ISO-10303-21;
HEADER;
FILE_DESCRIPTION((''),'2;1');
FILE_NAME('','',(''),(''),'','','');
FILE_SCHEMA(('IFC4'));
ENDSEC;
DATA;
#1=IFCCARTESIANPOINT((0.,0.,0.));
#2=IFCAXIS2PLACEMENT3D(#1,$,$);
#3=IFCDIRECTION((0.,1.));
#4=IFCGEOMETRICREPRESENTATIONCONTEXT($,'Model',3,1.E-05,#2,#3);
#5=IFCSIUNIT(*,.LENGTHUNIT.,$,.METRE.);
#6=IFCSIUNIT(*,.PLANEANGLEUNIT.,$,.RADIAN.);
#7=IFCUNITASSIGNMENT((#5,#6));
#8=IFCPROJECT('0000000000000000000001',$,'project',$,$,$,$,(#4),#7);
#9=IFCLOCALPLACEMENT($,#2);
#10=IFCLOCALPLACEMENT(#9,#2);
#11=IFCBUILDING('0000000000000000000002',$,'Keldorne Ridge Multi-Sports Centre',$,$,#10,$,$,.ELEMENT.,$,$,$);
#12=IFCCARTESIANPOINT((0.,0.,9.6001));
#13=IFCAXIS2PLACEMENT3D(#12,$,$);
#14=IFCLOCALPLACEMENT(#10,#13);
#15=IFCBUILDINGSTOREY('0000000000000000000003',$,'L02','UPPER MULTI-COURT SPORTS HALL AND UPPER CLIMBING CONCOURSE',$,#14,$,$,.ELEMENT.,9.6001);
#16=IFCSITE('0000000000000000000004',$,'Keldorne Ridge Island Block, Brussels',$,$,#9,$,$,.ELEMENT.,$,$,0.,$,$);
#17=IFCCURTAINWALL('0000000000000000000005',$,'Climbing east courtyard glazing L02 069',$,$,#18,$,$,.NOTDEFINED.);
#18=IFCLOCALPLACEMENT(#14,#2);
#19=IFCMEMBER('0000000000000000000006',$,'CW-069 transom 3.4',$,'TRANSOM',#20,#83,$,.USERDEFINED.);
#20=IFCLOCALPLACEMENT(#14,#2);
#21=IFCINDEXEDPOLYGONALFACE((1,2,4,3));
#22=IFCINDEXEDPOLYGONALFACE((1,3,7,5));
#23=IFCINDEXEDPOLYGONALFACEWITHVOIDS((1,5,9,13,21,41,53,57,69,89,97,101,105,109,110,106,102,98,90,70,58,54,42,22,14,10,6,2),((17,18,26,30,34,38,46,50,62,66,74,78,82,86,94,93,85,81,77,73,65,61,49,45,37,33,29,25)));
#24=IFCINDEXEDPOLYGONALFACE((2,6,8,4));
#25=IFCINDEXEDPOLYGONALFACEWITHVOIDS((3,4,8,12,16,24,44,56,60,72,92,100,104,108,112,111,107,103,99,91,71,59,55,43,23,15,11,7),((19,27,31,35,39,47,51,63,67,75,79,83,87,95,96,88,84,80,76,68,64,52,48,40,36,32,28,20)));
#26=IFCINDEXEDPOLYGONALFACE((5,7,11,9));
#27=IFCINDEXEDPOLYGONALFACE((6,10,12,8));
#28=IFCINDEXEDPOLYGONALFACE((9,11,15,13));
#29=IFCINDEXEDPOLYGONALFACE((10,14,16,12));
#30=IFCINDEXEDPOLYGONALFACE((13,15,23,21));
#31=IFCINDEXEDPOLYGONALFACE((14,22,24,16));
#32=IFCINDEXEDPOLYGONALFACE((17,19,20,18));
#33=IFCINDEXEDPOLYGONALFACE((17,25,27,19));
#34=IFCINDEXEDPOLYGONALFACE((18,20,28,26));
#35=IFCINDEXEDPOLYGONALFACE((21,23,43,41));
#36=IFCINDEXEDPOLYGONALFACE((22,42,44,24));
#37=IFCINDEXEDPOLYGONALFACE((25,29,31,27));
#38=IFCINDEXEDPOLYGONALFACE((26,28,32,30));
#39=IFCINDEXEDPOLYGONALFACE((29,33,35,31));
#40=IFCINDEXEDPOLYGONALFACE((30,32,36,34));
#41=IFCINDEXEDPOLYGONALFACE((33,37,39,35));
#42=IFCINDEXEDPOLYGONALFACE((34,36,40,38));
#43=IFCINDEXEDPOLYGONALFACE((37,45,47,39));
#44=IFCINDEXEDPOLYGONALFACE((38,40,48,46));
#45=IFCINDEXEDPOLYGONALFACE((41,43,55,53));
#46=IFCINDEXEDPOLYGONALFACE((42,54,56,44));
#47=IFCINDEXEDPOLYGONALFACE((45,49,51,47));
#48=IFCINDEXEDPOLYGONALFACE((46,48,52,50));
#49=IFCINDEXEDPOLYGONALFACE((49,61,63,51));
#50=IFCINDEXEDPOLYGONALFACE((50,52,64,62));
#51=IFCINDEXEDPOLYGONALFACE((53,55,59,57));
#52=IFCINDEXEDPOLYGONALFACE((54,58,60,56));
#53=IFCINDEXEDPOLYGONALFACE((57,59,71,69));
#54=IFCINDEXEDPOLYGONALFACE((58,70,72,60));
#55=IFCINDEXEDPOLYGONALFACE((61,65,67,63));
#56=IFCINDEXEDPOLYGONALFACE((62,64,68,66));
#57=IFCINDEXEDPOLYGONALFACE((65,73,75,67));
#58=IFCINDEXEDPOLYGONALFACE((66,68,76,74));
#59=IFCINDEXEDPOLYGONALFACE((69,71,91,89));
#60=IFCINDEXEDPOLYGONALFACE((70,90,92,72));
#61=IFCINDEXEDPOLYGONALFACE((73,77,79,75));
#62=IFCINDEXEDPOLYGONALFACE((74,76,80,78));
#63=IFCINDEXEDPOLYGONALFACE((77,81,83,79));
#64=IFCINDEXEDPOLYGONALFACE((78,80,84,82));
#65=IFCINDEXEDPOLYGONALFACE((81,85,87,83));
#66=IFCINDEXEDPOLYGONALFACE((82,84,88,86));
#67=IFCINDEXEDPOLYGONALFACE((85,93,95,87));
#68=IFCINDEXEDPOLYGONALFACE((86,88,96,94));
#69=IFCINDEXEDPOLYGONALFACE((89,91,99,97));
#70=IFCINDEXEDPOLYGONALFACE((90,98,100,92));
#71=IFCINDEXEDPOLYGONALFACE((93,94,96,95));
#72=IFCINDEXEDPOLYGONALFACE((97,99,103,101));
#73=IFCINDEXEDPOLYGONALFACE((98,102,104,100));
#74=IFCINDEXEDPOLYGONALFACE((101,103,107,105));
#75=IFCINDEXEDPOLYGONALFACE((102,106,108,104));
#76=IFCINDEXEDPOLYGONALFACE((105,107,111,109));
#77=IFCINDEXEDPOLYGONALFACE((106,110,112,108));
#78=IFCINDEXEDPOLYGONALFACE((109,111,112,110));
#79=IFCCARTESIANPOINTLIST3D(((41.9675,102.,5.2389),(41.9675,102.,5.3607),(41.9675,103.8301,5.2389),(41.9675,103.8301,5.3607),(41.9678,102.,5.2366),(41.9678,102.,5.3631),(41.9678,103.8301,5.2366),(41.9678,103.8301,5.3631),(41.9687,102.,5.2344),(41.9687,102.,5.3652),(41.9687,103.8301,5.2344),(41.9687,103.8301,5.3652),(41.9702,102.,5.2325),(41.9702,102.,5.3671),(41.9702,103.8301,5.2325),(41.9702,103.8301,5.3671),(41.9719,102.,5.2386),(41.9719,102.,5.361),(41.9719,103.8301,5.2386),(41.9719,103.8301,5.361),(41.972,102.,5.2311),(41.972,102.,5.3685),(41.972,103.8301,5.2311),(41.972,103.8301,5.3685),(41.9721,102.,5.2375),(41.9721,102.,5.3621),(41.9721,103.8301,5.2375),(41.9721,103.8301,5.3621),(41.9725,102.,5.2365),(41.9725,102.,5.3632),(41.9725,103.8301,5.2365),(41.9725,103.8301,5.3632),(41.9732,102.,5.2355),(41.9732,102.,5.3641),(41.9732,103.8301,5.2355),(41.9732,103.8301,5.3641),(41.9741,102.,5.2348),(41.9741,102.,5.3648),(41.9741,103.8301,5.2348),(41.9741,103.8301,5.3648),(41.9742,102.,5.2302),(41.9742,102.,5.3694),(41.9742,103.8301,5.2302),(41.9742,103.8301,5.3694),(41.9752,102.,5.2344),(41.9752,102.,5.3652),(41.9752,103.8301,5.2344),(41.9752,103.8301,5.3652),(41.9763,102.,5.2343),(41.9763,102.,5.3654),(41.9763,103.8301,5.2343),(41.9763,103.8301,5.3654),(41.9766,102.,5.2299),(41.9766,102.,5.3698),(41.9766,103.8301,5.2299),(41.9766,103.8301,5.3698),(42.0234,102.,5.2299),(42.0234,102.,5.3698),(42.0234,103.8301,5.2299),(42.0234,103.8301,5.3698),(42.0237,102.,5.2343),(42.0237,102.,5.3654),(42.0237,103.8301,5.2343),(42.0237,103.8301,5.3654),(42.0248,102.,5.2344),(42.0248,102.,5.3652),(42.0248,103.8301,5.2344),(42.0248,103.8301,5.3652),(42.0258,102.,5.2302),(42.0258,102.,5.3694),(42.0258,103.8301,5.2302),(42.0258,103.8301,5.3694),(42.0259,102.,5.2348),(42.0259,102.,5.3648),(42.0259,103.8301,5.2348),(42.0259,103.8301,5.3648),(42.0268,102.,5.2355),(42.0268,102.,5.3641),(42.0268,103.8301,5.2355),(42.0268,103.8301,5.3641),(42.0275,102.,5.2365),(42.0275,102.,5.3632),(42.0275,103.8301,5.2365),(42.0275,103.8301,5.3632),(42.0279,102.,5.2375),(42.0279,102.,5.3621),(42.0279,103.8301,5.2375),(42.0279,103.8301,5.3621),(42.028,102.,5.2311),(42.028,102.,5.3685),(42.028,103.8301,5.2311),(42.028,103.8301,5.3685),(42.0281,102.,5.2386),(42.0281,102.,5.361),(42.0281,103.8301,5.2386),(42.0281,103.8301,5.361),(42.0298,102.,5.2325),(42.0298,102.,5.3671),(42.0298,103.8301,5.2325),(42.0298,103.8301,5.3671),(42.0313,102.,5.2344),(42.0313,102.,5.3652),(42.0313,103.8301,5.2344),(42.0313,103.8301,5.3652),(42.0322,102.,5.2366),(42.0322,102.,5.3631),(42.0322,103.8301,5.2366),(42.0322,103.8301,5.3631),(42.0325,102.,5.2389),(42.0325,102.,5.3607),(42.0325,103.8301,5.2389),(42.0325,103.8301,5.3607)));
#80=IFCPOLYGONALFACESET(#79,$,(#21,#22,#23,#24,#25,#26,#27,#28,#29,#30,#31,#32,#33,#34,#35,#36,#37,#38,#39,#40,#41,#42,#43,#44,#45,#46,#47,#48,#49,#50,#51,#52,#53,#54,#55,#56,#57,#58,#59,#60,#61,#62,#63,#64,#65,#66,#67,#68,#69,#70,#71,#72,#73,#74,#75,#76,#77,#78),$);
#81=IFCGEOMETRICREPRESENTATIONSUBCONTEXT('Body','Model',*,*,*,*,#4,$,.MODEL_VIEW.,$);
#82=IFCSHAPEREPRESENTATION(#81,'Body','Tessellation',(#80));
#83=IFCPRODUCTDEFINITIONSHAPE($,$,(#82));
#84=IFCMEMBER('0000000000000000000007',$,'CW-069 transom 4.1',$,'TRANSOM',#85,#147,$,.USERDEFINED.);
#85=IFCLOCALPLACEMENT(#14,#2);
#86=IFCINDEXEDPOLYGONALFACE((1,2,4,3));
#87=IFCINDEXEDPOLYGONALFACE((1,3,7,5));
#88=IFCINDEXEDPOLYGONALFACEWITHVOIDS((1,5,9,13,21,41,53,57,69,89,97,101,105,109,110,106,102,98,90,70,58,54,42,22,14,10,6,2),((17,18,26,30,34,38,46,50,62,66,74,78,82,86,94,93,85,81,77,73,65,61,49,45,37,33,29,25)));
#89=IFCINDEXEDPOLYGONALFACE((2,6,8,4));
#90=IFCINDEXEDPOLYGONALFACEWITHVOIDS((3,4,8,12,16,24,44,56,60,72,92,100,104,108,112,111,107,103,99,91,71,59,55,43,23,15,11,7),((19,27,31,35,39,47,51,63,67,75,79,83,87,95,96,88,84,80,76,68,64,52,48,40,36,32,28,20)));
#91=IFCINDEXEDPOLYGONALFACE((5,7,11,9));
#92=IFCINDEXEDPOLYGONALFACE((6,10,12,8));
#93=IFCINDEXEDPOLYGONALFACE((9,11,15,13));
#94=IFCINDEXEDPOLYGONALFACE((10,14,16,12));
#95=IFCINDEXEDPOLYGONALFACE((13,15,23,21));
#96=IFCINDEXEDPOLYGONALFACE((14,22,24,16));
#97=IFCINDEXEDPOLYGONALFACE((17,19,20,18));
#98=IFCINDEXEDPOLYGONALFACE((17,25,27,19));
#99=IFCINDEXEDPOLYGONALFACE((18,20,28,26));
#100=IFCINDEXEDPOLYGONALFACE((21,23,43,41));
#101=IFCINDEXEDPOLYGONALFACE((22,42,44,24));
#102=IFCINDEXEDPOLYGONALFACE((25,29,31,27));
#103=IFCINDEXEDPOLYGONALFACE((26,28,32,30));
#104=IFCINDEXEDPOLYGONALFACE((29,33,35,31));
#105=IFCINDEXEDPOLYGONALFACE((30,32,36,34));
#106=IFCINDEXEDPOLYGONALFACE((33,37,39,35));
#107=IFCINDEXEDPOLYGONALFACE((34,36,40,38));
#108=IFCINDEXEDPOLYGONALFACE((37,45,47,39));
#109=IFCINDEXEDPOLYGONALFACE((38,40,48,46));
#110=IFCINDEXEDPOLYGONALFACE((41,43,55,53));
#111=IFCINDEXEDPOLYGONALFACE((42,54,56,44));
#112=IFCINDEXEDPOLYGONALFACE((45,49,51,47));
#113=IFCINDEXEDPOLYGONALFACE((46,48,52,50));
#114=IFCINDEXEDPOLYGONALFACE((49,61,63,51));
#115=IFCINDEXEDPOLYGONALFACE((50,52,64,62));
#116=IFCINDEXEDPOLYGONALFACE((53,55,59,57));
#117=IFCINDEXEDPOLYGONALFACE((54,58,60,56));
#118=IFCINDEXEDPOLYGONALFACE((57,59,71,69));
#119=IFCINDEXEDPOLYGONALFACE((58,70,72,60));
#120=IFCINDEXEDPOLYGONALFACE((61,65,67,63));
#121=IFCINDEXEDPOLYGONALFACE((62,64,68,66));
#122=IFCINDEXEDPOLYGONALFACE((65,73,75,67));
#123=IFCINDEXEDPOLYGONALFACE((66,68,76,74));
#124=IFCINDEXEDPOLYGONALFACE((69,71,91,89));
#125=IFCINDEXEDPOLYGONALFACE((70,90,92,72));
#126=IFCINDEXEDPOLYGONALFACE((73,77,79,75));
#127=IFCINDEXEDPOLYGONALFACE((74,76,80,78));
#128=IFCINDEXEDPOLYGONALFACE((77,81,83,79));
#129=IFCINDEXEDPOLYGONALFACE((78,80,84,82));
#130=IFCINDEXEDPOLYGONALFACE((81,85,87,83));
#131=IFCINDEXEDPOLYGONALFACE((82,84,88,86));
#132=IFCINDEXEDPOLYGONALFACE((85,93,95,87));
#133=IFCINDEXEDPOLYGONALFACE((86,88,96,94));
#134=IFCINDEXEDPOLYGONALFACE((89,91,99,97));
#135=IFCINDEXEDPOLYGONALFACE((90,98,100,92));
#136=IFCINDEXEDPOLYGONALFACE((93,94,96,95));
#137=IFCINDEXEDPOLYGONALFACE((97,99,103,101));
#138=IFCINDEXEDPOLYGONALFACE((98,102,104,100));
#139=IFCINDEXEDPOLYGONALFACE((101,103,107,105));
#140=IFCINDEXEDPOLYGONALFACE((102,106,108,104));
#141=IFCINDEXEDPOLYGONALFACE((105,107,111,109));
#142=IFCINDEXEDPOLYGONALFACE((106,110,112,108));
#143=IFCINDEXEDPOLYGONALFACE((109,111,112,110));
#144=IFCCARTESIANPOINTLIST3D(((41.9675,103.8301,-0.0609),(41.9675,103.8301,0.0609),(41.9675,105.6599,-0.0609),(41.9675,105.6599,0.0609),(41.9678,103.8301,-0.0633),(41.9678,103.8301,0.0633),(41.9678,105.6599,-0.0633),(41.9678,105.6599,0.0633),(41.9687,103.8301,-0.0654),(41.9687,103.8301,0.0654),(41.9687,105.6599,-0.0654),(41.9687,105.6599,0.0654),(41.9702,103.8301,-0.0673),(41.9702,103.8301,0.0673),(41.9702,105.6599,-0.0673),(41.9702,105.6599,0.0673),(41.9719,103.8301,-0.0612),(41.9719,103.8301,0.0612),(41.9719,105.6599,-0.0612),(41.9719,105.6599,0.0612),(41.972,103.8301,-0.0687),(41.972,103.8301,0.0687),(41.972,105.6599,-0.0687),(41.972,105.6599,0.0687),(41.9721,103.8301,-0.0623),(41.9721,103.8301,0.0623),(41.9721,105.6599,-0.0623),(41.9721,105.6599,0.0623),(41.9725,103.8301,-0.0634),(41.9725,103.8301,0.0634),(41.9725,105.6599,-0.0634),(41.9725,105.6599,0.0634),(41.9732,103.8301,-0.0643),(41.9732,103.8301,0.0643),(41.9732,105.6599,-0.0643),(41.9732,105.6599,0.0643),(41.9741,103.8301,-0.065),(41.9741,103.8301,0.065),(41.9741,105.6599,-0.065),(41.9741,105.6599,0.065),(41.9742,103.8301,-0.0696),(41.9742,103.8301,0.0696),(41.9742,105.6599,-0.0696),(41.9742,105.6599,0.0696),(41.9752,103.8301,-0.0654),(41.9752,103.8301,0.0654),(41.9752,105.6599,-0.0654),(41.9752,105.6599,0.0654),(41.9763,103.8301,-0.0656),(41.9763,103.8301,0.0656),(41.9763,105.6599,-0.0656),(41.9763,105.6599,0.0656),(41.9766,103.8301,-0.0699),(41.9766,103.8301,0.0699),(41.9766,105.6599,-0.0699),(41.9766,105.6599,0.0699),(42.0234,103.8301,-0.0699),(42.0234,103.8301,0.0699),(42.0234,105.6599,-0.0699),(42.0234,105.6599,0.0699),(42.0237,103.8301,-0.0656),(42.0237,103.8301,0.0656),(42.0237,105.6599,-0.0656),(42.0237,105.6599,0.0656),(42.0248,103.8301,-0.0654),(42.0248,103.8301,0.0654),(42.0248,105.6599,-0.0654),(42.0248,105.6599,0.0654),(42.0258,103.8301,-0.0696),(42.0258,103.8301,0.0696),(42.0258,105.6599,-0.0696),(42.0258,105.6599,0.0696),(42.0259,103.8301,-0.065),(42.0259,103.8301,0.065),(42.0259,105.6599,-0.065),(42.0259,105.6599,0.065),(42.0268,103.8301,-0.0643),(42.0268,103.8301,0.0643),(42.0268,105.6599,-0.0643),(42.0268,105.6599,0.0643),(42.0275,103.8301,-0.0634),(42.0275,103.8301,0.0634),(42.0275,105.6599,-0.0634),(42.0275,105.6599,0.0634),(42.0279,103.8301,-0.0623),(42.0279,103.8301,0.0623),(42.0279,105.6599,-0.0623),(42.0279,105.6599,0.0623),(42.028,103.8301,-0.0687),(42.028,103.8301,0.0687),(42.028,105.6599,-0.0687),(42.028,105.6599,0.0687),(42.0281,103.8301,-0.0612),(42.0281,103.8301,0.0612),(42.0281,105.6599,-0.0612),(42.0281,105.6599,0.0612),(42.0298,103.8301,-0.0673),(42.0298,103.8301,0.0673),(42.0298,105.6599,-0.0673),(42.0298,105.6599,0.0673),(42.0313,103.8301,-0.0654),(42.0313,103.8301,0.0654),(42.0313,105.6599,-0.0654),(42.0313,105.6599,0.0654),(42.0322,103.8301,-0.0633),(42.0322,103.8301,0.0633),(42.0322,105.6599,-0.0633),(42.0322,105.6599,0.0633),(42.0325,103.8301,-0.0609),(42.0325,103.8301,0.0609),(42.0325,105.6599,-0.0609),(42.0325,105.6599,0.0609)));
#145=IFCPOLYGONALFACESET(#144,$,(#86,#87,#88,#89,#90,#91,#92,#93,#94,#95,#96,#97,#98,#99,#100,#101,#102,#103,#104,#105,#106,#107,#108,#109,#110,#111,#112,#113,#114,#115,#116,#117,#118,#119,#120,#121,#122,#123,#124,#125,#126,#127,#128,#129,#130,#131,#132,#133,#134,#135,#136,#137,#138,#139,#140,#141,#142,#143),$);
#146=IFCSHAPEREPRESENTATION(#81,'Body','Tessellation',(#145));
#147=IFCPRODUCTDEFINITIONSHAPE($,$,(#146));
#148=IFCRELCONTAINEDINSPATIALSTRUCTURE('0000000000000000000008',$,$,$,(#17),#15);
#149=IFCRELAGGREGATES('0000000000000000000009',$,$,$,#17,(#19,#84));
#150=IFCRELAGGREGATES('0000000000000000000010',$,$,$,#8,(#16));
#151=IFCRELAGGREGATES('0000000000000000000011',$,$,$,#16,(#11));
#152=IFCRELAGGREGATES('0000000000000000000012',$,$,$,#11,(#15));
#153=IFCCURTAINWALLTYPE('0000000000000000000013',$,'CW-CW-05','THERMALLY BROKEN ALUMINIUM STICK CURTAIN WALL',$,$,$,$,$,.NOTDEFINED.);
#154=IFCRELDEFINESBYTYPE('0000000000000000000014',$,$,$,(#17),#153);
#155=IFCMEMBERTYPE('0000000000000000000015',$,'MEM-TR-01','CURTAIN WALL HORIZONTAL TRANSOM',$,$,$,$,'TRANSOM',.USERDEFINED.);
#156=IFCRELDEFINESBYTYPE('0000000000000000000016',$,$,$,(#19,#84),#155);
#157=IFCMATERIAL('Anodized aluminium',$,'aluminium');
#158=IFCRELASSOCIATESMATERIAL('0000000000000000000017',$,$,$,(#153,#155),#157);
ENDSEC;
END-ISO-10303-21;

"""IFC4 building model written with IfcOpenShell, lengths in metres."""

from ifc_helpers import new_model, si_unit, direction, frame, origin, origin_2d, place, context, subcontext, project, spatial, hollow_rectangle, extrude, material, material_profile, profile_set, type_object, element, aggregate, save


model = new_model("IFC4")

# Units and contexts
model_context = context("Model", 3, precision=1e-05, world=origin(), true_north=direction((0.0, 1.0)))
body_context = subcontext(model_context, "Body", "Model", "MODEL_VIEW")
ifc_project = project(units=[si_unit("LENGTHUNIT", "METRE"), si_unit("PLANEANGLEUNIT", "RADIAN")], contexts=[model_context])

# Site, building, storey
site_placement = place(None, origin())
site = spatial("IfcSite", under=ifc_project, at=site_placement, Name="Keldorne Ridge Island Block, Brussels", CompositionType="ELEMENT", RefElevation=0.0)
building_placement = place(site_placement, origin())
building = spatial("IfcBuilding", under=site, at=building_placement, Name="Keldorne Ridge Multi-Sports Centre", CompositionType="ELEMENT")
storey_placement = place(building_placement, frame((0.0, 0.0, 9.6001)))
storey = spatial("IfcBuildingStorey", under=building, at=storey_placement, Name="L02", Description="UPPER MULTI-COURT SPORTS HALL AND UPPER CLIMBING CONCOURSE", CompositionType="ELEMENT", Elevation=9.6001)

# Curtain wall, members
ifc_material_1 = material(Name="Anodized aluminium", Category="aluminium")
curtain_wall_type = type_object("IfcCurtainWallType", Name="CW-CW-05", Description="THERMALLY BROKEN ALUMINIUM STICK CURTAIN WALL", PredefinedType="NOTDEFINED", material=ifc_material_1)
curtain_wall_placement = place(storey_placement, origin())
curtain_wall = element("IfcCurtainWall", 1, at=curtain_wall_placement, inside=storey, type_object=curtain_wall_type, Name="Climbing east courtyard glazing L02 069", PredefinedType="NOTDEFINED")
ifc_material_profile_1 = material_profile(ifc_material_1, hollow_rectangle(XDim=0.0649, YDim=0.1399, WallThickness=0.0044, InnerFilletRadius=0.0044, OuterFilletRadius=0.009, at=origin_2d()), Name="ALU TRANSOM 140x65x4.5")
ifc_profile_set_1 = profile_set([ifc_material_profile_1], Name="Anodized aluminium")
member_type_1 = type_object("IfcMemberType", Name="MEM-TR-01", Description="CURTAIN WALL HORIZONTAL TRANSOM", ElementType="TRANSOM", PredefinedType="USERDEFINED", material=ifc_profile_set_1)
member_1_placement = place(storey_placement, frame((42.0, 102.0, 5.2998), z_axis=(0.0, 1.0, 0.0), x_axis=(-1.0, 0.0, 0.0)))
member_1 = element("IfcMember", 2, at=member_1_placement, type_object=member_type_1, Name="CW-069 transom 3.4", ObjectType="TRANSOM", PredefinedType="USERDEFINED", context=body_context, shape_type="SweptSolid", body=[
    extrude(hollow_rectangle(XDim=0.0649, YDim=0.1399, WallThickness=0.0044, InnerFilletRadius=0.0044, OuterFilletRadius=0.009, at=origin_2d()), origin(), (0.0, 0.0, 1.0), 1.8301),
])
member_2_placement = place(storey_placement, frame((42.0, 103.8301, 0.0), z_axis=(0.0, 1.0, 0.0), x_axis=(-1.0, 0.0, 0.0)))
member_2 = element("IfcMember", 3, at=member_2_placement, type_object=member_type_1, Name="CW-069 transom 4.1", ObjectType="TRANSOM", PredefinedType="USERDEFINED", context=body_context, shape_type="SweptSolid", body=[
    extrude(hollow_rectangle(XDim=0.0649, YDim=0.1399, WallThickness=0.0044, InnerFilletRadius=0.0044, OuterFilletRadius=0.009, at=origin_2d()), origin(), (0.0, 0.0, 1.0), 1.8298),
])
aggregate(curtain_wall, [member_1, member_2])

save(model, "model.ifc")
